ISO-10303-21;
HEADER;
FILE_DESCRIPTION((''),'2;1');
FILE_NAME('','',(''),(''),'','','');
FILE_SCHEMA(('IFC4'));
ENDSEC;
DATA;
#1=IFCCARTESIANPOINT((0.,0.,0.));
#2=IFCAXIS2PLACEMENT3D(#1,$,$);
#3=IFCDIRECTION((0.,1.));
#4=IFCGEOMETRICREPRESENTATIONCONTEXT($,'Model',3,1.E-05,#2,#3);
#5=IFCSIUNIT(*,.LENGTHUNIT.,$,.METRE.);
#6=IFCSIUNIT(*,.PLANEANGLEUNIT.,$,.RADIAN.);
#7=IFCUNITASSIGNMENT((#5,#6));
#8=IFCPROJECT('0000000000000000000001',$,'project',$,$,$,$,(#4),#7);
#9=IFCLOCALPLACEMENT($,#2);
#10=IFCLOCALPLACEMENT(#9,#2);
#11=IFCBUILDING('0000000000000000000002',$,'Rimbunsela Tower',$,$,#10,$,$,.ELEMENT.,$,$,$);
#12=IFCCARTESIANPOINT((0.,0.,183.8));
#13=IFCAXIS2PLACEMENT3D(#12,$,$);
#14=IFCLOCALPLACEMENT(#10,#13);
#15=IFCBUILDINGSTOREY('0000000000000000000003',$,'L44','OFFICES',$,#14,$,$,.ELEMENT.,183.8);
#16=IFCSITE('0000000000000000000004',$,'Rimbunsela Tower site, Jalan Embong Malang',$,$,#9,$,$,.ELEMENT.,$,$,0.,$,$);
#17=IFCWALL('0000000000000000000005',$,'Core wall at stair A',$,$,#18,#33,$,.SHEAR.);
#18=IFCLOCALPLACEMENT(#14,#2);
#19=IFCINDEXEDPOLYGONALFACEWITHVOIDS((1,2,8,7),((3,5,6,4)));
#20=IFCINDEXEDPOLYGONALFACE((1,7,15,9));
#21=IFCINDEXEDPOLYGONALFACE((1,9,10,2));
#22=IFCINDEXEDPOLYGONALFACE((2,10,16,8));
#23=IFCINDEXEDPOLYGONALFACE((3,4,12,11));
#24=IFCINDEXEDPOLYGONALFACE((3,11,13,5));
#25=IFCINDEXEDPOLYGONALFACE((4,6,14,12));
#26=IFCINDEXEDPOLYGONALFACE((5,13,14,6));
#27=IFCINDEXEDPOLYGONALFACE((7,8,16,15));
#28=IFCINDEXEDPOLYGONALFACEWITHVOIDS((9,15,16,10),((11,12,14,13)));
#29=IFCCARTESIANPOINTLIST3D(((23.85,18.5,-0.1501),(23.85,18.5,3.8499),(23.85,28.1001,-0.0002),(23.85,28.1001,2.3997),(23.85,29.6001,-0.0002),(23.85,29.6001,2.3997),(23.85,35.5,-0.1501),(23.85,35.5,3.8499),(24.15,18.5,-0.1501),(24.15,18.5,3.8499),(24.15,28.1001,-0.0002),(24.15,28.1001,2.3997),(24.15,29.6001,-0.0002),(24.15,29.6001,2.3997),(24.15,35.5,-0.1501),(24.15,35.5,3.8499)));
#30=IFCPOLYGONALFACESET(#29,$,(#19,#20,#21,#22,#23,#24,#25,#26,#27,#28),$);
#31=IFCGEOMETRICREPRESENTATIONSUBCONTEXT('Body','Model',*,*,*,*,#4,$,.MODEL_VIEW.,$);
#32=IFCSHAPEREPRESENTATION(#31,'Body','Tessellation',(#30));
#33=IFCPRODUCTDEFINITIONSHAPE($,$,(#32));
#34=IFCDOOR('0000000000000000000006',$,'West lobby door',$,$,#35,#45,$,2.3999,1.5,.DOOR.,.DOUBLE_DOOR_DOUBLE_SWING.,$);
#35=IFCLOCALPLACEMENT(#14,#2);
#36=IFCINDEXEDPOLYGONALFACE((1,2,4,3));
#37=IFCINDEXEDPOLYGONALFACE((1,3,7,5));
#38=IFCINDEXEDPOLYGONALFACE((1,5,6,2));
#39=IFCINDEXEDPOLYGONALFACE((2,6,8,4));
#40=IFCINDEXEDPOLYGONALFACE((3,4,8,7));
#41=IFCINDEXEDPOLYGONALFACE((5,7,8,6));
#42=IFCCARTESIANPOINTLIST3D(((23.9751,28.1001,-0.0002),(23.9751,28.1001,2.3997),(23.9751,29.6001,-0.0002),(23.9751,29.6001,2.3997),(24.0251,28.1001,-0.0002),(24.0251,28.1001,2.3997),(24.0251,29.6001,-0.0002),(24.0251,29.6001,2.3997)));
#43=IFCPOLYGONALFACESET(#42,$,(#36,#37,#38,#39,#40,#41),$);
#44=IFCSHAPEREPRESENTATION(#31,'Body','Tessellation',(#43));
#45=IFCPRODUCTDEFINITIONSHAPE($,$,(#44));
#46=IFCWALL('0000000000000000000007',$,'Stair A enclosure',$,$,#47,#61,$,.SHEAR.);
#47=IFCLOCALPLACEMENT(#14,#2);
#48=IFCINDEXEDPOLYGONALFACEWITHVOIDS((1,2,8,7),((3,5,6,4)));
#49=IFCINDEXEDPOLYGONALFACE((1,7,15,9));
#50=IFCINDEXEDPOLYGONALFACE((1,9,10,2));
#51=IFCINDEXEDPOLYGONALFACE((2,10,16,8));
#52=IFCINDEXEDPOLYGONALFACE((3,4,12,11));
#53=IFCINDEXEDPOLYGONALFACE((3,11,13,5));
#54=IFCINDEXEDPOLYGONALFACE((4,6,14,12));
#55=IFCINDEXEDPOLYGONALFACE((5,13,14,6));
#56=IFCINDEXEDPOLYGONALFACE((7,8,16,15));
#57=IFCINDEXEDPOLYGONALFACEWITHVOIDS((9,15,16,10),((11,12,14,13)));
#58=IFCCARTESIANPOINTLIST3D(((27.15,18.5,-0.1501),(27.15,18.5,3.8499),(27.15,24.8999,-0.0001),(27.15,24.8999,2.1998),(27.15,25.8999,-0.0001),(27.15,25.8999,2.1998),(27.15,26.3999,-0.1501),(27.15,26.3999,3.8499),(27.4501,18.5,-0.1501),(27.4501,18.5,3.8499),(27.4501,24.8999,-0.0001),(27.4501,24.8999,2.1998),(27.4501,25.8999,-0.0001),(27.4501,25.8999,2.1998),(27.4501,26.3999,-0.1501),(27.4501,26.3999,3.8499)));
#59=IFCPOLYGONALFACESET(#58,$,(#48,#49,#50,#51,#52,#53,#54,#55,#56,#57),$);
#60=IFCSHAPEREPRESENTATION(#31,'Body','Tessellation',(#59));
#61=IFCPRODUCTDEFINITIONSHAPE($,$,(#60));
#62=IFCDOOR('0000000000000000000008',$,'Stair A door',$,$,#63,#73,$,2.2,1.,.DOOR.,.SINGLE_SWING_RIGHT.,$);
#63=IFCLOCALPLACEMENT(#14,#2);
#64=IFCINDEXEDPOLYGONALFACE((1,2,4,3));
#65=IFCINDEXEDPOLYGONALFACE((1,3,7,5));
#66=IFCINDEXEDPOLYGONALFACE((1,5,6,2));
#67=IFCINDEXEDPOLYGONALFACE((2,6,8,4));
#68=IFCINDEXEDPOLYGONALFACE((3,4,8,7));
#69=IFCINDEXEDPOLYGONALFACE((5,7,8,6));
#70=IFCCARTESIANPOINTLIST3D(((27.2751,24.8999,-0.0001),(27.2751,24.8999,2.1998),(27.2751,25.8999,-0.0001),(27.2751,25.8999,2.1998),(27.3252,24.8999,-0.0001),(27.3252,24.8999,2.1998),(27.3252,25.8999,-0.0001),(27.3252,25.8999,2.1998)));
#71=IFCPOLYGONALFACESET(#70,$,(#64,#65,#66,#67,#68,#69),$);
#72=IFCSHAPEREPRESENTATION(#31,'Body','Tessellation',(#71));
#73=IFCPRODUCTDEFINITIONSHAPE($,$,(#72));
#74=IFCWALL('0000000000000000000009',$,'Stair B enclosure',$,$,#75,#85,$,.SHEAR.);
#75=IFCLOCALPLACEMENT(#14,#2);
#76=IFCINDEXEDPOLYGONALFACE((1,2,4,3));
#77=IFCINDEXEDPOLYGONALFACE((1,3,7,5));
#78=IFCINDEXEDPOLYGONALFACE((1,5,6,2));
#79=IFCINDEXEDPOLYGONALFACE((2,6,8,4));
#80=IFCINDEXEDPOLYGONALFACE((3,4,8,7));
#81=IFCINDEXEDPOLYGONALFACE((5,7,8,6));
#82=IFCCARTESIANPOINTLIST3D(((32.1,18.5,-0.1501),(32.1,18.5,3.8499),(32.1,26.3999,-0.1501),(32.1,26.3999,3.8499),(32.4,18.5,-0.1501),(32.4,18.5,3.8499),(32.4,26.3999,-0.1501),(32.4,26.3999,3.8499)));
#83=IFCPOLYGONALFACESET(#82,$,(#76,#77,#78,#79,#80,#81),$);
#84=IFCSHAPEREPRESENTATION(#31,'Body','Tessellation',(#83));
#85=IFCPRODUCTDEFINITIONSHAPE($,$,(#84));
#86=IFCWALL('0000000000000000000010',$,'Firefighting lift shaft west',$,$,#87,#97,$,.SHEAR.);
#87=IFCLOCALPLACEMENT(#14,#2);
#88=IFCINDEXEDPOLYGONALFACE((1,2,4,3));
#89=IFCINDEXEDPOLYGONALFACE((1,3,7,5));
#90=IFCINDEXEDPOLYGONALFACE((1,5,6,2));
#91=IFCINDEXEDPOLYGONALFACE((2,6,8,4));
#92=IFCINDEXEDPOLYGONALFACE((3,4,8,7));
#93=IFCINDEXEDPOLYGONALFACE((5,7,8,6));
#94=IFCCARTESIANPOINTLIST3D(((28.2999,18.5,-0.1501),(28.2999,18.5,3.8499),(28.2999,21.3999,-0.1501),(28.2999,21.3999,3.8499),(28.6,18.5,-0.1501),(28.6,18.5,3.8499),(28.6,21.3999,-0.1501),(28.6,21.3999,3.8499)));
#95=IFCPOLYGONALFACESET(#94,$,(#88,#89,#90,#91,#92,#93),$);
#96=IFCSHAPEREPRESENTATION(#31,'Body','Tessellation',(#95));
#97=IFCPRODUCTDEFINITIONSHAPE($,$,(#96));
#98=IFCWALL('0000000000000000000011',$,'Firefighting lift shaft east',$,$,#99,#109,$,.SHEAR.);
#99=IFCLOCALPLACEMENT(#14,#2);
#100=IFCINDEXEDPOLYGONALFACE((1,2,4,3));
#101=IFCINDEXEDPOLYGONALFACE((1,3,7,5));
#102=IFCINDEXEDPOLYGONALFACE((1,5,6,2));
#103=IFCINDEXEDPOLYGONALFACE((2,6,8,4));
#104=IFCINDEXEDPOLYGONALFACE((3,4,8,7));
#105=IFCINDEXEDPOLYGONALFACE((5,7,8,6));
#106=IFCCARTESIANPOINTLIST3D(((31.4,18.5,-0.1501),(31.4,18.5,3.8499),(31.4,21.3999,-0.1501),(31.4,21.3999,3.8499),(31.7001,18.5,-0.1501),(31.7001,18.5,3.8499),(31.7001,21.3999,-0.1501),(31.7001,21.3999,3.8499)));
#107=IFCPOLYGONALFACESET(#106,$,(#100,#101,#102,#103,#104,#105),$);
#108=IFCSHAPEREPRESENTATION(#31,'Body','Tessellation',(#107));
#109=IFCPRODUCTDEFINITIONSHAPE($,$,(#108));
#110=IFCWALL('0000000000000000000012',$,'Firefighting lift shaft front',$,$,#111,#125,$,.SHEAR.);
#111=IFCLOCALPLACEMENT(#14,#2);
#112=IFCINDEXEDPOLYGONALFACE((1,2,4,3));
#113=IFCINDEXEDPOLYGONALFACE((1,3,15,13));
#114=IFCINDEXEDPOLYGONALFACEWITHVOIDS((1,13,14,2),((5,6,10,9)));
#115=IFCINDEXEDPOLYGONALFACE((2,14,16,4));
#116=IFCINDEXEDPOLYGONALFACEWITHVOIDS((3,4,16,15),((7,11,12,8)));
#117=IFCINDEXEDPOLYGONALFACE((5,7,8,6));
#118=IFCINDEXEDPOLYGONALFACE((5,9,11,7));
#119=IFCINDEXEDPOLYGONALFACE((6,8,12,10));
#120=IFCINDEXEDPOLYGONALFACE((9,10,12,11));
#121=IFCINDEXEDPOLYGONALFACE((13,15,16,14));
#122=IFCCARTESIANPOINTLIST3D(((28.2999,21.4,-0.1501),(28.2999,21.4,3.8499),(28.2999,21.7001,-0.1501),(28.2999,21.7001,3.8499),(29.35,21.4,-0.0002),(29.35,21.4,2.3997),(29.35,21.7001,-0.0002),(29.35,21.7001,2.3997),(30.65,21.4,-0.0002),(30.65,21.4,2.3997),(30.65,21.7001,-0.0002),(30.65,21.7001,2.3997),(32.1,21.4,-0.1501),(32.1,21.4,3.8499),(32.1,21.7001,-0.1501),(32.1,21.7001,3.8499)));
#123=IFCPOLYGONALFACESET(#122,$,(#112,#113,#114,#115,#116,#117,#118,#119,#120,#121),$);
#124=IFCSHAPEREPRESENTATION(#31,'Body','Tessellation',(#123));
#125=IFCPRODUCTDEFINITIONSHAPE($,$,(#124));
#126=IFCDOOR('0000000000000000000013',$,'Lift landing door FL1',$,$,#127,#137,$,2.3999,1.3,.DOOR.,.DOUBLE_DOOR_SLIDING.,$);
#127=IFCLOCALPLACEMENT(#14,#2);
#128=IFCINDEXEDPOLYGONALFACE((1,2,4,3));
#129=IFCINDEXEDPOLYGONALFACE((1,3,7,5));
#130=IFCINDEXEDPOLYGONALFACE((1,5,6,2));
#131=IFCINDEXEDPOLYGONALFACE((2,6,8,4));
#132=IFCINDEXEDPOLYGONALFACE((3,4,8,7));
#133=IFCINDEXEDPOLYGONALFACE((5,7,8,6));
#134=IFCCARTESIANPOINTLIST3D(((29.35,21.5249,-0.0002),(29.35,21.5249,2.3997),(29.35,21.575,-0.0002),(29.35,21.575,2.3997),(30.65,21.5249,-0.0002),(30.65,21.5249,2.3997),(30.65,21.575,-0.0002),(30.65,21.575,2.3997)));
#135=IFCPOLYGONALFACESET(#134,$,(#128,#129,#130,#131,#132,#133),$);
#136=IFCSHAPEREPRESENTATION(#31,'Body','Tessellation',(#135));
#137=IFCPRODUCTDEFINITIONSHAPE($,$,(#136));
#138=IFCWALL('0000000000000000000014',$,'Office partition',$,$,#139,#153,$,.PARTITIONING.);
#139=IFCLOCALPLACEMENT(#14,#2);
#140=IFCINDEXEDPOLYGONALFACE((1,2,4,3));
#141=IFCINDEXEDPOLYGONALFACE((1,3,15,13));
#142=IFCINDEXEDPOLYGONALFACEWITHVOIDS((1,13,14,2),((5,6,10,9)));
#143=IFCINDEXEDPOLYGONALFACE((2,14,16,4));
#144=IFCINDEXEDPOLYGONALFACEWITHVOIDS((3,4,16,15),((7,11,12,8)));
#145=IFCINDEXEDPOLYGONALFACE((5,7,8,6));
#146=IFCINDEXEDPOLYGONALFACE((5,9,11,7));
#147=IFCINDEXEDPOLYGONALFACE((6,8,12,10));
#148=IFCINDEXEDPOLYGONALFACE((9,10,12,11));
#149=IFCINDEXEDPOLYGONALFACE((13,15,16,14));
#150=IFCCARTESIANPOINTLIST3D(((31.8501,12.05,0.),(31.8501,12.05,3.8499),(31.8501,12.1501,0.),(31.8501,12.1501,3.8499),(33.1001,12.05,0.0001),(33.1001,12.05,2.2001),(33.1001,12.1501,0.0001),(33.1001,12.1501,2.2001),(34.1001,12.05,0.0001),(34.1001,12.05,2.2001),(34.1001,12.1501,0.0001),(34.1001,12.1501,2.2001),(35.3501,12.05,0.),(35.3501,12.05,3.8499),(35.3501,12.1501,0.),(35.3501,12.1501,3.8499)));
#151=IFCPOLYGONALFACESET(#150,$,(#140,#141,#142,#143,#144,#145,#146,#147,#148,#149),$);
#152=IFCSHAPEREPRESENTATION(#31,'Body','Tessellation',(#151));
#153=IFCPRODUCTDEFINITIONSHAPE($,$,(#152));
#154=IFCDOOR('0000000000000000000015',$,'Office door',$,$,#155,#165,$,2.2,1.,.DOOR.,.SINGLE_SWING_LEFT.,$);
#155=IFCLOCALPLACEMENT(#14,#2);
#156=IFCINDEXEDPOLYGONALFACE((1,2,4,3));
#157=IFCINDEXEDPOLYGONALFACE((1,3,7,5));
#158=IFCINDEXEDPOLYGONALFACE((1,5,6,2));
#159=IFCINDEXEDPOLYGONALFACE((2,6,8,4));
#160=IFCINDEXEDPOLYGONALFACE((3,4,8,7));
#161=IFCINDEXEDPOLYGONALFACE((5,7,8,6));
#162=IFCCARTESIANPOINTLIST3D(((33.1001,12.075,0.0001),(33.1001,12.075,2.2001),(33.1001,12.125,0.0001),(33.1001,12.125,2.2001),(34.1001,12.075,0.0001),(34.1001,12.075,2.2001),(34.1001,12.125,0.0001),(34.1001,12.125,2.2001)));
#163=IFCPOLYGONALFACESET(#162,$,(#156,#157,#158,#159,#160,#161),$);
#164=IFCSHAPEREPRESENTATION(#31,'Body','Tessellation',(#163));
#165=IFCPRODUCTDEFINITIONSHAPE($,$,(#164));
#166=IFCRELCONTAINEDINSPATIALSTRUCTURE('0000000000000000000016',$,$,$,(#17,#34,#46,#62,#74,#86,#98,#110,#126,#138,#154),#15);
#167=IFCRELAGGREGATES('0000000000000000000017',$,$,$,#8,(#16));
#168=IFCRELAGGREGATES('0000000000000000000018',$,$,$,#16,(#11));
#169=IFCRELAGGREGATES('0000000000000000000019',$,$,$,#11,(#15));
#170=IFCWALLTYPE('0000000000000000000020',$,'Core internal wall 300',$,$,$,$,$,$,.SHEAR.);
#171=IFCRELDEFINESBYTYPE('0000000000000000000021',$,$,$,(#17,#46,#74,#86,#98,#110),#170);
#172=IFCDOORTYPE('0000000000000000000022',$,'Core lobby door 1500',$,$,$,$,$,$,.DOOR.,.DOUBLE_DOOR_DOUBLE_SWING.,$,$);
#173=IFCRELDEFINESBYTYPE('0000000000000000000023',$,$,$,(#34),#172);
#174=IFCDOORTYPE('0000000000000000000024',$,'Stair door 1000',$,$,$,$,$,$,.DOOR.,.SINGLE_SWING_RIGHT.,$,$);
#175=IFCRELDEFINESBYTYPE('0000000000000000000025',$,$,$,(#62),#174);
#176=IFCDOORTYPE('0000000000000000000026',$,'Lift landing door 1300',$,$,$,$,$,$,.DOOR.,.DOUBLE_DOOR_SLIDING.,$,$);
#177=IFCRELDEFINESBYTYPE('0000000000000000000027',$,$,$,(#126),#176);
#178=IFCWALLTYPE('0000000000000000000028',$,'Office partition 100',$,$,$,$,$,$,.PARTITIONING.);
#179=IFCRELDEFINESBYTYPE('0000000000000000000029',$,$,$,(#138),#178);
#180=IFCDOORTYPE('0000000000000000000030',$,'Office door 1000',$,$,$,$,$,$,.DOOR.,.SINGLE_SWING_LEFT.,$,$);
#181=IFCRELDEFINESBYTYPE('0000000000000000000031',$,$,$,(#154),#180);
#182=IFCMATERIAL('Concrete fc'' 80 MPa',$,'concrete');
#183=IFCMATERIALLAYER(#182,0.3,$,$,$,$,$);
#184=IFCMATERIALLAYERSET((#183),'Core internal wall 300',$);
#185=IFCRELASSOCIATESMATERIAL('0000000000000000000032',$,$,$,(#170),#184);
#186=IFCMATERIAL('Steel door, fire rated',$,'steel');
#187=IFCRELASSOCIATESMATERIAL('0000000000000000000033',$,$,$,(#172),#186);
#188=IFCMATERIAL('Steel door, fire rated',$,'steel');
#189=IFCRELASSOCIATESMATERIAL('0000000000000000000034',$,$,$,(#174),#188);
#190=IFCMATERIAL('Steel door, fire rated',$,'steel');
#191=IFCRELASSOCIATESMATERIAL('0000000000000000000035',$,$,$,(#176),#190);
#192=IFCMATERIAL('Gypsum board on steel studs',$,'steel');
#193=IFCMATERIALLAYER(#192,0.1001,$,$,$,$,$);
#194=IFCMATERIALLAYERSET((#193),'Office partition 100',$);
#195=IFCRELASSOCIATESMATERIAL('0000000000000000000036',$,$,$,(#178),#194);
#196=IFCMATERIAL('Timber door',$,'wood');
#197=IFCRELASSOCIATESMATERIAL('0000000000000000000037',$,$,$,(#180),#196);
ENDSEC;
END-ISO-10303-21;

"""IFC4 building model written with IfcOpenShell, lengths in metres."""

from ifc_helpers import new_model, si_unit, direction, frame, frame_2d, origin, place, context, subcontext, project, spatial, rectangle, extrude, material, layer, layer_set, type_object, element, fill, save


model = new_model("IFC4")

# Units and contexts
model_context = context("Model", 3, precision=1e-05, world=origin(), true_north=direction((0.0, 1.0)))
body_context = subcontext(model_context, "Body", "Model", "MODEL_VIEW")
ifc_project = project(units=[si_unit("LENGTHUNIT", "METRE"), si_unit("PLANEANGLEUNIT", "RADIAN")], contexts=[model_context])

# Site, building, storey
site_placement = place(None, origin())
site = spatial("IfcSite", under=ifc_project, at=site_placement, Name="Rimbunsela Tower site, Jalan Embong Malang", CompositionType="ELEMENT", RefElevation=0.0)
building_placement = place(site_placement, origin())
building = spatial("IfcBuilding", under=site, at=building_placement, Name="Rimbunsela Tower", CompositionType="ELEMENT")
storey_placement = place(building_placement, frame((0.0, 0.0, 183.8)))
storey = spatial("IfcBuildingStorey", under=building, at=storey_placement, Name="L44", Description="OFFICES", CompositionType="ELEMENT", Elevation=183.8)

# Walls, openings, doors
ifc_material_1 = material(Name="Concrete fc' 80 MPa", Category="concrete")
ifc_layer_1 = layer(ifc_material_1, 0.3)
ifc_layer_set_1 = layer_set([ifc_layer_1], Name="Core internal wall 300")
wall_type_1 = type_object("IfcWallType", Name="Core internal wall 300", PredefinedType="SHEAR", material=ifc_layer_set_1)
wall_1_placement = place(storey_placement, frame((24.0, 18.5, -0.1501), z_axis=(0.0, 0.0, 1.0), x_axis=(0.0, 1.0, 0.0)))
wall_1 = element("IfcWall", 1, at=wall_1_placement, inside=storey, type_object=wall_type_1, Name="Core wall at stair A", PredefinedType="SHEAR", context=body_context, shape_type="SweptSolid", body=[
    extrude(rectangle(XDim=17.0, YDim=0.3, at=frame_2d((8.5, 0.0))), origin(), (0.0, 0.0, 1.0), 4.0),
])
opening_1_placement = place(wall_1_placement, frame((9.6001, 0.0, 0.1499)))
opening_1 = element("IfcOpeningElement", 2, at=opening_1_placement, cuts=wall_1, PredefinedType="OPENING", context=body_context, shape_type="SweptSolid", body=[
    extrude(rectangle(XDim=1.5, YDim=2.3999, at=frame_2d((0.75, 1.2))), frame((0.0, 0.1599, 0.0), z_axis=(0.0, -1.0, 0.0), x_axis=(1.0, 0.0, 0.0)), (0.0, 0.0, 1.0), 0.3201),
])
ifc_material_2 = material(Name="Steel door, fire rated", Category="steel")
door_type_1 = type_object("IfcDoorType", Name="Core lobby door 1500", OperationType="DOUBLE_DOOR_DOUBLE_SWING", PredefinedType="DOOR", material=ifc_material_2)
door_1_placement = place(opening_1_placement, origin())
door_1 = element("IfcDoor", 3, at=door_1_placement, inside=storey, type_object=door_type_1, Name="West lobby door", OperationType="DOUBLE_DOOR_DOUBLE_SWING", OverallHeight=2.3999, OverallWidth=1.5, PredefinedType="DOOR", context=body_context, shape_type="SweptSolid", body=[
    extrude(rectangle(XDim=1.5, YDim=2.3999, at=frame_2d((0.75, 1.2))), frame((0.0, 0.0249, 0.0), z_axis=(0.0, -1.0, 0.0), x_axis=(1.0, 0.0, 0.0)), (0.0, 0.0, 1.0), 0.05),
])
fill(opening_1, door_1)
wall_2_placement = place(storey_placement, frame((27.3, 18.5, -0.1501), z_axis=(0.0, 0.0, 1.0), x_axis=(0.0, 1.0, 0.0)))
wall_2 = element("IfcWall", 4, at=wall_2_placement, inside=storey, type_object=wall_type_1, Name="Stair A enclosure", PredefinedType="SHEAR", context=body_context, shape_type="SweptSolid", body=[
    extrude(rectangle(XDim=7.8999, YDim=0.3, at=frame_2d((3.95, 0.0))), origin(), (0.0, 0.0, 1.0), 4.0),
])
opening_2_placement = place(wall_2_placement, frame((6.3999, 0.0, 0.1499)))
opening_2 = element("IfcOpeningElement", 5, at=opening_2_placement, cuts=wall_2, PredefinedType="OPENING", context=body_context, shape_type="SweptSolid", body=[
    extrude(rectangle(XDim=1.0, YDim=2.2, at=frame_2d((0.5, 1.1001))), frame((0.0, 0.1599, 0.0), z_axis=(0.0, -1.0, 0.0), x_axis=(1.0, 0.0, 0.0)), (0.0, 0.0, 1.0), 0.3201),
])
ifc_material_3 = material(Name="Steel door, fire rated", Category="steel")
door_type_2 = type_object("IfcDoorType", Name="Stair door 1000", OperationType="SINGLE_SWING_RIGHT", PredefinedType="DOOR", material=ifc_material_3)
door_2_placement = place(opening_2_placement, origin())
door_2 = element("IfcDoor", 6, at=door_2_placement, inside=storey, type_object=door_type_2, Name="Stair A door", OperationType="SINGLE_SWING_RIGHT", OverallHeight=2.2, OverallWidth=1.0, PredefinedType="DOOR", context=body_context, shape_type="SweptSolid", body=[
    extrude(rectangle(XDim=1.0, YDim=2.2, at=frame_2d((0.5, 1.1001))), frame((0.0, 0.0249, 0.0), z_axis=(0.0, -1.0, 0.0), x_axis=(1.0, 0.0, 0.0)), (0.0, 0.0, 1.0), 0.05),
])
fill(opening_2, door_2)

# Walls
wall_3_placement = place(storey_placement, frame((32.25, 18.5, -0.1501), z_axis=(0.0, 0.0, 1.0), x_axis=(0.0, 1.0, 0.0)))
element("IfcWall", 7, at=wall_3_placement, inside=storey, type_object=wall_type_1, Name="Stair B enclosure", PredefinedType="SHEAR", context=body_context, shape_type="SweptSolid", body=[
    extrude(rectangle(XDim=7.8999, YDim=0.3, at=frame_2d((3.95, 0.0))), origin(), (0.0, 0.0, 1.0), 4.0),
])
for number, where, z_axis, x_axis, name in (
    (8, (28.45, 18.5, -0.1501), (0.0, 0.0, 1.0), (0.0, 1.0, 0.0), "Firefighting lift shaft west"),
    (9, (31.55, 18.5, -0.1501), (0.0, 0.0, 1.0), (0.0, 1.0, 0.0), "Firefighting lift shaft east"),
):
    element("IfcWall", number, at=place(storey_placement, frame(where, z_axis=z_axis, x_axis=x_axis)), inside=storey, type_object=wall_type_1, Name=name, PredefinedType="SHEAR", context=body_context, shape_type="SweptSolid", body=[
        extrude(rectangle(XDim=2.8999, YDim=0.3, at=frame_2d((1.45, 0.0))), origin(), (0.0, 0.0, 1.0), 4.0),
    ])

# Walls, openings, doors
wall_4_placement = place(storey_placement, frame((28.3, 21.55, -0.1501), z_axis=(0.0, 0.0, 1.0), x_axis=(1.0, 0.0, 0.0)))
wall_4 = element("IfcWall", 10, at=wall_4_placement, inside=storey, type_object=wall_type_1, Name="Firefighting lift shaft front", PredefinedType="SHEAR", context=body_context, shape_type="SweptSolid", body=[
    extrude(rectangle(XDim=3.8, YDim=0.3, at=frame_2d((1.8999, 0.0))), origin(), (0.0, 0.0, 1.0), 4.0),
])
opening_3_placement = place(wall_4_placement, frame((1.05, 0.0, 0.1499)))
opening_3 = element("IfcOpeningElement", 11, at=opening_3_placement, cuts=wall_4, PredefinedType="OPENING", context=body_context, shape_type="SweptSolid", body=[
    extrude(rectangle(XDim=1.3, YDim=2.3999, at=frame_2d((0.6499, 1.2))), frame((0.0, 0.1599, 0.0), z_axis=(0.0, -1.0, 0.0), x_axis=(1.0, 0.0, 0.0)), (0.0, 0.0, 1.0), 0.3201),
])
ifc_material_4 = material(Name="Steel door, fire rated", Category="steel")
door_type_3 = type_object("IfcDoorType", Name="Lift landing door 1300", OperationType="DOUBLE_DOOR_SLIDING", PredefinedType="DOOR", material=ifc_material_4)
door_3_placement = place(opening_3_placement, origin())
door_3 = element("IfcDoor", 12, at=door_3_placement, inside=storey, type_object=door_type_3, Name="Lift landing door FL1", OperationType="DOUBLE_DOOR_SLIDING", OverallHeight=2.3999, OverallWidth=1.3, PredefinedType="DOOR", context=body_context, shape_type="SweptSolid", body=[
    extrude(rectangle(XDim=1.3, YDim=2.3999, at=frame_2d((0.6499, 1.2))), frame((0.0, 0.0249, 0.0), z_axis=(0.0, -1.0, 0.0), x_axis=(1.0, 0.0, 0.0)), (0.0, 0.0, 1.0), 0.05),
])
fill(opening_3, door_3)
ifc_material_5 = material(Name="Gypsum board on steel studs", Category="steel")
ifc_layer_2 = layer(ifc_material_5, 0.1001)
ifc_layer_set_2 = layer_set([ifc_layer_2], Name="Office partition 100")
wall_type_2 = type_object("IfcWallType", Name="Office partition 100", PredefinedType="PARTITIONING", material=ifc_layer_set_2)
wall_5_placement = place(storey_placement, frame((31.8501, 12.1001, 0.0), z_axis=(0.0, 0.0, 1.0), x_axis=(1.0, 0.0, 0.0)))
wall_5 = element("IfcWall", 13, at=wall_5_placement, inside=storey, type_object=wall_type_2, Name="Office partition", PredefinedType="PARTITIONING", context=body_context, shape_type="SweptSolid", body=[
    extrude(rectangle(XDim=3.5, YDim=0.1001, at=frame_2d((1.75, 0.0))), origin(), (0.0, 0.0, 1.0), 3.8499),
])
opening_4_placement = place(wall_5_placement, frame((1.25, 0.0, 0.0)))
opening_4 = element("IfcOpeningElement", 14, at=opening_4_placement, cuts=wall_5, PredefinedType="OPENING", context=body_context, shape_type="SweptSolid", body=[
    extrude(rectangle(XDim=1.0, YDim=2.2, at=frame_2d((0.5, 1.1001))), frame((0.0, 0.0601, 0.0), z_axis=(0.0, -1.0, 0.0), x_axis=(1.0, 0.0, 0.0)), (0.0, 0.0, 1.0), 0.1201),
])
ifc_material_6 = material(Name="Timber door", Category="wood")
door_type_4 = type_object("IfcDoorType", Name="Office door 1000", OperationType="SINGLE_SWING_LEFT", PredefinedType="DOOR", material=ifc_material_6)
door_4_placement = place(opening_4_placement, origin())
door_4 = element("IfcDoor", 15, at=door_4_placement, inside=storey, type_object=door_type_4, Name="Office door", OperationType="SINGLE_SWING_LEFT", OverallHeight=2.2, OverallWidth=1.0, PredefinedType="DOOR", context=body_context, shape_type="SweptSolid", body=[
    extrude(rectangle(XDim=1.0, YDim=2.2, at=frame_2d((0.5, 1.1001))), frame((0.0, 0.0249, 0.0), z_axis=(0.0, -1.0, 0.0), x_axis=(1.0, 0.0, 0.0)), (0.0, 0.0, 1.0), 0.05),
])
fill(opening_4, door_4)

save(model, "model.ifc")
